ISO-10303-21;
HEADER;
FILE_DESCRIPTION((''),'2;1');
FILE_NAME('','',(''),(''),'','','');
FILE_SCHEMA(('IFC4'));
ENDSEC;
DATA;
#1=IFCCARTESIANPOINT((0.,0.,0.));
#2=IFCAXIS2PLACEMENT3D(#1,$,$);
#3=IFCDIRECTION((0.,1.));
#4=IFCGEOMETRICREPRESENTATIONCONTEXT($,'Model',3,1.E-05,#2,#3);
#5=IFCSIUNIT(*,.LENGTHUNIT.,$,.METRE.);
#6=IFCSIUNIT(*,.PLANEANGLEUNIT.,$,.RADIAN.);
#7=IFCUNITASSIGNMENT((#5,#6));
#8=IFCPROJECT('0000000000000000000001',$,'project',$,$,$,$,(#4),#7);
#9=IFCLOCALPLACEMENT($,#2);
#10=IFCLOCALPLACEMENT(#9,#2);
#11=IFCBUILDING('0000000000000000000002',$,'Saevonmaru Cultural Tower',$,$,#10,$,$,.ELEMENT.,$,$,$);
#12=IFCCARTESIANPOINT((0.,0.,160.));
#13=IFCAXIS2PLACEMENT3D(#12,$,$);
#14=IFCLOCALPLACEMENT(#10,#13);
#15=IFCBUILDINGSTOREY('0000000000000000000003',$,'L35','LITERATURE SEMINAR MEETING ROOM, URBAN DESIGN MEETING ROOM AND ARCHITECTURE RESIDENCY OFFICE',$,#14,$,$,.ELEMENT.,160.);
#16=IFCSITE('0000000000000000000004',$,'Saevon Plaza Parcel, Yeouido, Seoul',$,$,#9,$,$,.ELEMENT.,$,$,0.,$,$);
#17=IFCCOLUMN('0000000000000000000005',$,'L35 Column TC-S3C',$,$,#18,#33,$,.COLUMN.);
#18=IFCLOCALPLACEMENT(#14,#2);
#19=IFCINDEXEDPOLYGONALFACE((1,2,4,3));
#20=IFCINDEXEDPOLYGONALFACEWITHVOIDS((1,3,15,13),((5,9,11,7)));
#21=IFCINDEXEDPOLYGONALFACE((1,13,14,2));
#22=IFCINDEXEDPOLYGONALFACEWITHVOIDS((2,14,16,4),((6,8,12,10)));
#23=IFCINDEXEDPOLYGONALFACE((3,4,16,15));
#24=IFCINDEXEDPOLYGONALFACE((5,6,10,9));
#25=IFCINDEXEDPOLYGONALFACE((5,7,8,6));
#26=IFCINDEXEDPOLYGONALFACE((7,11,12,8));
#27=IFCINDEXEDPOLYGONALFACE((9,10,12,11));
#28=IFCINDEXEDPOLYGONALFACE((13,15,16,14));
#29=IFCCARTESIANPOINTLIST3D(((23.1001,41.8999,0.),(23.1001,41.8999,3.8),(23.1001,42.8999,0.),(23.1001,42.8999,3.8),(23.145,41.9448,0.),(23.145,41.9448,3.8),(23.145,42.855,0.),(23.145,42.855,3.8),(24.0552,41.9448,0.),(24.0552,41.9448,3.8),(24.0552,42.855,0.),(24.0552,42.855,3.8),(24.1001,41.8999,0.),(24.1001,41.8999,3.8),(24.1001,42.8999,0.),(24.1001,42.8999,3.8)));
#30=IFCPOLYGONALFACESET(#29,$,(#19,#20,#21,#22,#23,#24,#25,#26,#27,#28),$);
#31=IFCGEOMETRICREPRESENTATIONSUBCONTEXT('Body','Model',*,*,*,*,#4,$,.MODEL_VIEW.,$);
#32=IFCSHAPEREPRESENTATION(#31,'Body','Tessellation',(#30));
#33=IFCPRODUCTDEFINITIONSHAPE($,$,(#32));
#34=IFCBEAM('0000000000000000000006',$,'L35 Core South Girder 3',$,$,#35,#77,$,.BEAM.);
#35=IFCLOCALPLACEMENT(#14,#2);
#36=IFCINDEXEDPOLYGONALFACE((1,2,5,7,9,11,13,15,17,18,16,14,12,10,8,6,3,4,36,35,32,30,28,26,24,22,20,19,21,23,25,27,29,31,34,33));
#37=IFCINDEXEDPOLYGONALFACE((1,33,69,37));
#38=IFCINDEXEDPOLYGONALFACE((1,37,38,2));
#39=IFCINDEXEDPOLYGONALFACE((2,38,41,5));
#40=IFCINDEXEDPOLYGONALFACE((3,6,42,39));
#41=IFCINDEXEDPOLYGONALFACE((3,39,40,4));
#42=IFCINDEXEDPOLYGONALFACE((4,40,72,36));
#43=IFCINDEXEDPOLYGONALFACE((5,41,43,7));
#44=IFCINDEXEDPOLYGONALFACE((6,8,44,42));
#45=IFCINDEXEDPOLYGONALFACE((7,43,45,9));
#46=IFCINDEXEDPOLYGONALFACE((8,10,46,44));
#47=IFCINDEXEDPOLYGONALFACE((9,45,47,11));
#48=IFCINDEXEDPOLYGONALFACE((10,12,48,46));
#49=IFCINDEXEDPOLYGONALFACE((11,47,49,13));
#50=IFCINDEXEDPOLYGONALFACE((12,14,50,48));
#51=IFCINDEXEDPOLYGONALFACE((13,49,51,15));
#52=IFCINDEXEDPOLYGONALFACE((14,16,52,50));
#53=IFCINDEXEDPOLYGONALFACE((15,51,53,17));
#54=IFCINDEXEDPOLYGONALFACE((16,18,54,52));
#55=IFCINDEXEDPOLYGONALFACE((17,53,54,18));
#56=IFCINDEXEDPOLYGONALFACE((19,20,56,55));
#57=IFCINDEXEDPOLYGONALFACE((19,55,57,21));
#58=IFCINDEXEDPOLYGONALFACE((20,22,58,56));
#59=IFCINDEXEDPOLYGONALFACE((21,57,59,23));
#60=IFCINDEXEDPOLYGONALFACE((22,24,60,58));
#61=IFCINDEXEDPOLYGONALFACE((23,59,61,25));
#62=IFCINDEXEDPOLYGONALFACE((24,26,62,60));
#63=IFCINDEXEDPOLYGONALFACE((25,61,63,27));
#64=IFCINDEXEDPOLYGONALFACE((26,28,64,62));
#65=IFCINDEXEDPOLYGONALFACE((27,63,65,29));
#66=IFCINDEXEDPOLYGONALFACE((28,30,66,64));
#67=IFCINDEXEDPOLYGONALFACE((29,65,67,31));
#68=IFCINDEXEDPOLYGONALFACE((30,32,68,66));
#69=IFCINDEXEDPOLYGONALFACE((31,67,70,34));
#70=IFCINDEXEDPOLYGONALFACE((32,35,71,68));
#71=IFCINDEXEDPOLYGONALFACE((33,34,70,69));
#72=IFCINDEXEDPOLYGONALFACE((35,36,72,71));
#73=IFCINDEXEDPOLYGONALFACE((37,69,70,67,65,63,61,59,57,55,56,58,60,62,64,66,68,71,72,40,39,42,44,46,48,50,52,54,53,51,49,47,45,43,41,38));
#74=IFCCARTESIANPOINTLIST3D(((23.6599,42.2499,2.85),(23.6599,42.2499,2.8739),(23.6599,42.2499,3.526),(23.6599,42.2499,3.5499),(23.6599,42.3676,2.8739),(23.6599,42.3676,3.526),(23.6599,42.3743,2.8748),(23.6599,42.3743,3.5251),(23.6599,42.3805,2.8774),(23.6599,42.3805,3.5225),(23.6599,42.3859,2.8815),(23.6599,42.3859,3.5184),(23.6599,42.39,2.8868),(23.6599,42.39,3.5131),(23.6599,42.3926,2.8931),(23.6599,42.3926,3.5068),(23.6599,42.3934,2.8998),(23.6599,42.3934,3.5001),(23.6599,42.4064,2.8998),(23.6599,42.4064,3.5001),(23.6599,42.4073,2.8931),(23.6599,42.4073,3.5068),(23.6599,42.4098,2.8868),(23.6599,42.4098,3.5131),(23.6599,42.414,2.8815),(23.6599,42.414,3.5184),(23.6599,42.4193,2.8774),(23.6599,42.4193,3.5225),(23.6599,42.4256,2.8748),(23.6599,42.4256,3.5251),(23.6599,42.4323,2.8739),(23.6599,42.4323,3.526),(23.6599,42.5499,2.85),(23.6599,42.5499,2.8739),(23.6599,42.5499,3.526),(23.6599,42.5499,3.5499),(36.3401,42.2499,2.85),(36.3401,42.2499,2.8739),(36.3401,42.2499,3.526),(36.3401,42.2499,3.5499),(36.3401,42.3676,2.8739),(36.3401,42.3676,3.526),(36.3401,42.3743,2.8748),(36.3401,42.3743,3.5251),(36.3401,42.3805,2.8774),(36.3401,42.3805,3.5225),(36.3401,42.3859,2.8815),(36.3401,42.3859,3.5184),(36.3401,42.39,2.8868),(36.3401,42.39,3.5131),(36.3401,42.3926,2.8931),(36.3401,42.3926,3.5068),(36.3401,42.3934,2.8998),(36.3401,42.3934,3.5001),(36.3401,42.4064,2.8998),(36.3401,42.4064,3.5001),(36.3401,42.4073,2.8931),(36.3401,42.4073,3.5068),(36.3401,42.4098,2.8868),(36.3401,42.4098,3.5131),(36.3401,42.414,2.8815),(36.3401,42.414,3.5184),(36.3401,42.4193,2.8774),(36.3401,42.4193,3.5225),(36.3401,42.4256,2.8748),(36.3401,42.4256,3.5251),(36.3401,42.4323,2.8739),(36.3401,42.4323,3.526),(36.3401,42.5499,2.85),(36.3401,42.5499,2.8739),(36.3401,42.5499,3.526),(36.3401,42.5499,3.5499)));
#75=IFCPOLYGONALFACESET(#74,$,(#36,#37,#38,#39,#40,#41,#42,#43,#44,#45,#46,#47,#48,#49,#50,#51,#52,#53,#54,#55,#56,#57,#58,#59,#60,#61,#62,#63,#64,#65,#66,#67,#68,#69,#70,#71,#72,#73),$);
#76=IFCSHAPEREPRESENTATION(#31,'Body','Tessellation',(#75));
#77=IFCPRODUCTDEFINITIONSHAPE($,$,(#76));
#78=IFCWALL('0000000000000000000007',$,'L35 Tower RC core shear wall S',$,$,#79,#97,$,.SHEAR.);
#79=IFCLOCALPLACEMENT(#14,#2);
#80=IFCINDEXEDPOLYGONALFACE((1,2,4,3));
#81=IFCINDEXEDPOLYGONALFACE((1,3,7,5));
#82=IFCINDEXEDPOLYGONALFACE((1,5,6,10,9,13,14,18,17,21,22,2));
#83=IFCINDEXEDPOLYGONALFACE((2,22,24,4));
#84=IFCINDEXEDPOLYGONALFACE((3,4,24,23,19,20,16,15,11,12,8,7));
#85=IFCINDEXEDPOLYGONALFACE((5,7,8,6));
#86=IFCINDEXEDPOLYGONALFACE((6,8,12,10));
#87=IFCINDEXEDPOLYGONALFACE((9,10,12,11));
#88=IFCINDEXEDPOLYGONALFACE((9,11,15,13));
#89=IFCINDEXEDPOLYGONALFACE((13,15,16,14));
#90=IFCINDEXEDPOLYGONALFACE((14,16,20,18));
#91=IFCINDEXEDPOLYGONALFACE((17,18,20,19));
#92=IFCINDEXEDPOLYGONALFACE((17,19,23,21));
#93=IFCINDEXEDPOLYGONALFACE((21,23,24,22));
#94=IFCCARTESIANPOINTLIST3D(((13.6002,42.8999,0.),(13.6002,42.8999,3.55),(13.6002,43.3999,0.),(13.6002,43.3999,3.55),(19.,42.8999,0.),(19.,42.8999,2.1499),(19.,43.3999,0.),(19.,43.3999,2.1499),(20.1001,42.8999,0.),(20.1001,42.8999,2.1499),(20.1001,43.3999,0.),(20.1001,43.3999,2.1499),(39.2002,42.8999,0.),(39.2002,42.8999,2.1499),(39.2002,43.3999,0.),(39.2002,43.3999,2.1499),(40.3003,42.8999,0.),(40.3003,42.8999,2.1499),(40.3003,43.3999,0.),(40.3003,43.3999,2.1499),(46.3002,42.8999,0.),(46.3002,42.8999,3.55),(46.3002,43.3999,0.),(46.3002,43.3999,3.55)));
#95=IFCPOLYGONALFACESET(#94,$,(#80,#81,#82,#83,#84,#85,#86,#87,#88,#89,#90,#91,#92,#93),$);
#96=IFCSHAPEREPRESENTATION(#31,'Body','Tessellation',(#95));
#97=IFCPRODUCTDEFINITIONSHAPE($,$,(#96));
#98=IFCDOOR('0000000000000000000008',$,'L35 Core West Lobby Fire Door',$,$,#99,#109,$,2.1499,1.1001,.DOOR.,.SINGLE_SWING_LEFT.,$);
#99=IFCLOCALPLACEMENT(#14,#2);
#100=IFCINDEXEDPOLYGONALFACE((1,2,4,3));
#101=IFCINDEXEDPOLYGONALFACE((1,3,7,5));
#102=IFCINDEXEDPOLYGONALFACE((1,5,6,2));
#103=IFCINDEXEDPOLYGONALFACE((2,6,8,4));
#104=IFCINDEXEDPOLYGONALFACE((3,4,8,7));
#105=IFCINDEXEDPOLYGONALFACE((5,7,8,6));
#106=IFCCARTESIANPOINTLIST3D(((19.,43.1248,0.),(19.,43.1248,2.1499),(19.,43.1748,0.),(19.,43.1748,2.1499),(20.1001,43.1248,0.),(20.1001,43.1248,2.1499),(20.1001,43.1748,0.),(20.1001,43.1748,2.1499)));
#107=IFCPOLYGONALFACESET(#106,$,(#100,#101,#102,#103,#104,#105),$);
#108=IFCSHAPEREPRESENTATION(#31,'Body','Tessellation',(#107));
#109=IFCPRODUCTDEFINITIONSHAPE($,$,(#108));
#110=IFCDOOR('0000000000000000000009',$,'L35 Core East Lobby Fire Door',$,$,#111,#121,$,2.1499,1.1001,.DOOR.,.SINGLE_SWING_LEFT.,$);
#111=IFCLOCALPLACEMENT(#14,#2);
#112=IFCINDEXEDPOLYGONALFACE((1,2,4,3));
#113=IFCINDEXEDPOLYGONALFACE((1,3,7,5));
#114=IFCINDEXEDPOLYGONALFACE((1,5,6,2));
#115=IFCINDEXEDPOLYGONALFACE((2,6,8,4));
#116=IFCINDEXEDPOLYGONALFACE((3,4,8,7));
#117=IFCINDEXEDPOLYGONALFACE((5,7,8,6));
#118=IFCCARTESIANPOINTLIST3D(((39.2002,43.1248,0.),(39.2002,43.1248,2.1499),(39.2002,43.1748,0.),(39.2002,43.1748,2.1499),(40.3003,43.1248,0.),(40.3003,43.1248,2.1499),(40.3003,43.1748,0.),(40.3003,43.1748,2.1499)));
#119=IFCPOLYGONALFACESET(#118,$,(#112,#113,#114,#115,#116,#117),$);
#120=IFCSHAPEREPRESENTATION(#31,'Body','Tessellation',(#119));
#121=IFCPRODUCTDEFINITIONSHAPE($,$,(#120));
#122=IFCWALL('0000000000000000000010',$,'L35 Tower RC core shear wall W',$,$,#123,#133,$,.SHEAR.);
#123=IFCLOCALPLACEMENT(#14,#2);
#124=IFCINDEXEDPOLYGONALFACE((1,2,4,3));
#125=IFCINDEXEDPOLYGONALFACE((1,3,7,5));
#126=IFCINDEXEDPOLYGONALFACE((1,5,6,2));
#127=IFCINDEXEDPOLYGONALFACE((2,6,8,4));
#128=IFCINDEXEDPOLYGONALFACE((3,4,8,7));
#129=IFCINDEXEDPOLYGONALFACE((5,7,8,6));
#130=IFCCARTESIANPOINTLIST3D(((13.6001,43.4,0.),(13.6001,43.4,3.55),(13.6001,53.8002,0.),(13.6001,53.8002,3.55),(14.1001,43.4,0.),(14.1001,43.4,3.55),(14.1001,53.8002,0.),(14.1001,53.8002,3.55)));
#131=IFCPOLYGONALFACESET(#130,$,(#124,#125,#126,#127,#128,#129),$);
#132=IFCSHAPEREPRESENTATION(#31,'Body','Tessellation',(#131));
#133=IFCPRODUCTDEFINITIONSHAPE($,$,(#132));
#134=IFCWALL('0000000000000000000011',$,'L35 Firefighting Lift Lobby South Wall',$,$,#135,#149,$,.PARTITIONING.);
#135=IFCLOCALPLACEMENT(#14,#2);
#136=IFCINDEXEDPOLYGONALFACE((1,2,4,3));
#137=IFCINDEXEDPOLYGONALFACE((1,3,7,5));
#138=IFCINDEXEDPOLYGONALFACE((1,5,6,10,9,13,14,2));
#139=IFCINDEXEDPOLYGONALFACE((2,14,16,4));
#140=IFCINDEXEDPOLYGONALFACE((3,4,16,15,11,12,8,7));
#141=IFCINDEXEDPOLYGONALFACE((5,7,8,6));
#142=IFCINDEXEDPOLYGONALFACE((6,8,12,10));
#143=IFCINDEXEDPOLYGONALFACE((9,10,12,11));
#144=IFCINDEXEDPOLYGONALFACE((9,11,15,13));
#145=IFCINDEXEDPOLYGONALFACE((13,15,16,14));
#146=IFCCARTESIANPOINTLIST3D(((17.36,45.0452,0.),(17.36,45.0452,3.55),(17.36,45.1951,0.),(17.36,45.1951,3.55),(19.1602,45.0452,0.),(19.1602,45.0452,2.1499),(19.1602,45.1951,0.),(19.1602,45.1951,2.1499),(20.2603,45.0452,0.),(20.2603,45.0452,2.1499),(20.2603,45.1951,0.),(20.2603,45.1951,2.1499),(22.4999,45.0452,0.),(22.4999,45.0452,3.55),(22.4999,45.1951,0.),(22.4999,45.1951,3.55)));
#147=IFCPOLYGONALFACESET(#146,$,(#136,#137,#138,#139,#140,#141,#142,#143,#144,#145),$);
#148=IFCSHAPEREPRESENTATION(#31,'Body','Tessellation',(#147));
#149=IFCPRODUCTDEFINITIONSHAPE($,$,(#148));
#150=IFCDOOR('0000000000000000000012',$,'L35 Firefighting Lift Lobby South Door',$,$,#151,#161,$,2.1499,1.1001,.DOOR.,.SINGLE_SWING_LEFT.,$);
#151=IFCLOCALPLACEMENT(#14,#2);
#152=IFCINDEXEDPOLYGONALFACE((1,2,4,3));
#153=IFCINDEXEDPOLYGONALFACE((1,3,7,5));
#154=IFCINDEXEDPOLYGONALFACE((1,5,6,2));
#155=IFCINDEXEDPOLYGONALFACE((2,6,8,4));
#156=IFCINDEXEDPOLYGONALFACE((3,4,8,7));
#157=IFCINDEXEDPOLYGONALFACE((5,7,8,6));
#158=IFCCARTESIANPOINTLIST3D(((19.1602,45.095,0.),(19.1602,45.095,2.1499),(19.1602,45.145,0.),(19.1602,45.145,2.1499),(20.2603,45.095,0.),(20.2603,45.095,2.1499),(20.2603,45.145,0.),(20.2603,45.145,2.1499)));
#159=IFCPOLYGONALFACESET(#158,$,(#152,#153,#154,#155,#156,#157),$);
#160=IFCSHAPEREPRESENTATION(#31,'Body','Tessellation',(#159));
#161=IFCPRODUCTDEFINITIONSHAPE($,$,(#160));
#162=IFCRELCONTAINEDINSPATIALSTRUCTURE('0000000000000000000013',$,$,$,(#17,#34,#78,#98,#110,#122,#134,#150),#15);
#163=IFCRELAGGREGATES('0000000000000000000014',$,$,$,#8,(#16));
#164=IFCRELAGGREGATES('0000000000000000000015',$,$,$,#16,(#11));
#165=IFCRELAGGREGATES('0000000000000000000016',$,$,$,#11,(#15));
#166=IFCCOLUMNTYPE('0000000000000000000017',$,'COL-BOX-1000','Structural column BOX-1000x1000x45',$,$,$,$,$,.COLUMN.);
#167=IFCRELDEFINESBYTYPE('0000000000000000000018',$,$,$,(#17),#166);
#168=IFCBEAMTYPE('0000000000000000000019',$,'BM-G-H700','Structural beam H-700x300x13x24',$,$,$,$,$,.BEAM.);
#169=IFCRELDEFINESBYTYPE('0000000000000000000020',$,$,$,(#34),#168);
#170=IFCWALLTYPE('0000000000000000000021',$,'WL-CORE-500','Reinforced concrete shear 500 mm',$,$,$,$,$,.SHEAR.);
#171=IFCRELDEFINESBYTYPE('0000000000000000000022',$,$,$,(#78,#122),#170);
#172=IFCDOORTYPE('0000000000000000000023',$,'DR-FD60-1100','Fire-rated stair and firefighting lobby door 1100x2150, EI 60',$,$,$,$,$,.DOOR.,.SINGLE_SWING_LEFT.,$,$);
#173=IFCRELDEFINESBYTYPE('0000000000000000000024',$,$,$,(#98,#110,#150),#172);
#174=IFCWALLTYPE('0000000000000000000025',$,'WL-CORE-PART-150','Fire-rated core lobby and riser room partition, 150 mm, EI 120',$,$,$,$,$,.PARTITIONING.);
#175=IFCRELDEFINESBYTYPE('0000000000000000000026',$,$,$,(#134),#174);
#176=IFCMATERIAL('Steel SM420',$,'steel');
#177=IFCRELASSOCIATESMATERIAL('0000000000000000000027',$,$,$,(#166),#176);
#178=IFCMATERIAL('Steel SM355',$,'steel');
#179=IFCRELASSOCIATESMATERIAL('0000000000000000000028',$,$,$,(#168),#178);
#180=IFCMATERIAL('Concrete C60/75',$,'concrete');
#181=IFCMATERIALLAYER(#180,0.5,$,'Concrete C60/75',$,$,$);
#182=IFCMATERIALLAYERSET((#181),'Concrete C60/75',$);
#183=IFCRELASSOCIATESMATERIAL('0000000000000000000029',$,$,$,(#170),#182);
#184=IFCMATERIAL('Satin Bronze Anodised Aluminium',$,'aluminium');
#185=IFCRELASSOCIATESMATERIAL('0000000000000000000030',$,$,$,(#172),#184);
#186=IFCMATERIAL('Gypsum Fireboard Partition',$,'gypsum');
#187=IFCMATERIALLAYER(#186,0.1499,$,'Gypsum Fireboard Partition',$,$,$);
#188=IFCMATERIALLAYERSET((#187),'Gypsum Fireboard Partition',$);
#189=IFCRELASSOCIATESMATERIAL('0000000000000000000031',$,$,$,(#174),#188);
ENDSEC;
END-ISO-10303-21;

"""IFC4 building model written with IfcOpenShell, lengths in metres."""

from ifc_helpers import new_model, si_unit, direction, frame, frame_2d, origin, origin_2d, place, context, subcontext, project, spatial, rectangle, hollow_rectangle, i_section, extrude, material, layer, layer_set, material_profile, profile_set, type_object, element, fill, save


model = new_model("IFC4")

# Units and contexts
model_context = context("Model", 3, precision=1e-05, world=origin(), true_north=direction((0.0, 1.0)))
body_context = subcontext(model_context, "Body", "Model", "MODEL_VIEW")
ifc_project = project(units=[si_unit("LENGTHUNIT", "METRE"), si_unit("PLANEANGLEUNIT", "RADIAN")], contexts=[model_context])

# Site, building, storey
site_placement = place(None, origin())
site = spatial("IfcSite", under=ifc_project, at=site_placement, Name="Saevon Plaza Parcel, Yeouido, Seoul", CompositionType="ELEMENT", RefElevation=0.0)
building_placement = place(site_placement, origin())
building = spatial("IfcBuilding", under=site, at=building_placement, Name="Saevonmaru Cultural Tower", CompositionType="ELEMENT")
storey_placement = place(building_placement, frame((0.0, 0.0, 160.0)))
storey = spatial("IfcBuildingStorey", under=building, at=storey_placement, Name="L35", Description="LITERATURE SEMINAR MEETING ROOM, URBAN DESIGN MEETING ROOM AND ARCHITECTURE RESIDENCY OFFICE", CompositionType="ELEMENT", Elevation=160.0)

# Column
ifc_material_1 = material(Name="Steel SM420", Category="steel")
ifc_material_profile_1 = material_profile(ifc_material_1, hollow_rectangle(XDim=1.0, YDim=1.0, WallThickness=0.0449, at=origin_2d()), Name="BOX-1000x1000x45")
ifc_profile_set_1 = profile_set([ifc_material_profile_1], Name="Steel SM420")
column_type = type_object("IfcColumnType", Name="COL-BOX-1000", Description="Structural column BOX-1000x1000x45", PredefinedType="COLUMN", material=ifc_profile_set_1)
column_placement = place(storey_placement, frame((23.6001, 42.3999, 0.0), z_axis=(0.0, 0.0, 1.0), x_axis=(1.0, 0.0, 0.0)))
element("IfcColumn", 1, at=column_placement, inside=storey, type_object=column_type, Name="L35 Column TC-S3C", PredefinedType="COLUMN", context=body_context, shape_type="SweptSolid", body=[
    extrude(hollow_rectangle(XDim=1.0, YDim=1.0, WallThickness=0.0449, at=origin_2d()), origin(), (0.0, 0.0, 1.0), 3.8),
])

# Beam
ifc_material_2 = material(Name="Steel SM355", Category="steel")
ifc_material_profile_2 = material_profile(ifc_material_2, i_section(OverallWidth=0.3, OverallDepth=0.7, WebThickness=0.0129, FlangeThickness=0.0239, FilletRadius=0.0259, at=origin_2d()), Name="H-700x300x13x24")
ifc_profile_set_2 = profile_set([ifc_material_profile_2], Name="Steel SM355")
beam_type = type_object("IfcBeamType", Name="BM-G-H700", Description="Structural beam H-700x300x13x24", PredefinedType="BEAM", material=ifc_profile_set_2)
beam_placement = place(storey_placement, frame((23.6599, 42.3999, 3.2), z_axis=(1.0, 0.0, 0.0), x_axis=(0.0, 1.0, 0.0)))
element("IfcBeam", 2, at=beam_placement, inside=storey, type_object=beam_type, Name="L35 Core South Girder 3", PredefinedType="BEAM", context=body_context, shape_type="SweptSolid", body=[
    extrude(i_section(OverallWidth=0.3, OverallDepth=0.7, WebThickness=0.0129, FlangeThickness=0.0239, FilletRadius=0.0259, at=origin_2d()), origin(), (0.0, 0.0, 1.0), 12.6802),
])

# Wall, openings, doors
ifc_material_3 = material(Name="Concrete C60/75", Category="concrete")
ifc_layer_1 = layer(ifc_material_3, 0.5, Name="Concrete C60/75")
ifc_layer_set_1 = layer_set([ifc_layer_1], Name="Concrete C60/75")
wall_type_1 = type_object("IfcWallType", Name="WL-CORE-500", Description="Reinforced concrete shear 500 mm", PredefinedType="SHEAR", material=ifc_layer_set_1)
wall_1_placement = place(storey_placement, frame((13.6001, 43.1499, 0.0), z_axis=(0.0, 0.0, 1.0), x_axis=(1.0, 0.0, 0.0)))
wall_1 = element("IfcWall", 3, at=wall_1_placement, inside=storey, type_object=wall_type_1, Name="L35 Tower RC core shear wall S", PredefinedType="SHEAR", context=body_context, shape_type="SweptSolid", body=[
    extrude(rectangle(XDim=32.7, YDim=0.5, at=frame_2d((16.3501, 0.0))), origin(), (0.0, 0.0, 1.0), 3.55),
])
opening_1_placement = place(wall_1_placement, frame((5.3999, 0.0, 0.0)))
opening_1 = element("IfcOpeningElement", 4, at=opening_1_placement, cuts=wall_1, PredefinedType="OPENING", context=body_context, shape_type="SweptSolid", body=[
    extrude(rectangle(XDim=1.1001, YDim=2.1499, at=frame_2d((0.55, 1.075))), frame((0.0, 0.26, 0.0), z_axis=(0.0, -1.0, 0.0), x_axis=(1.0, 0.0, 0.0)), (0.0, 0.0, 1.0), 0.52),
])
opening_2_placement = place(wall_1_placement, frame((25.6001, 0.0, 0.0)))
opening_2 = element("IfcOpeningElement", 5, at=opening_2_placement, cuts=wall_1, PredefinedType="OPENING", context=body_context, shape_type="SweptSolid", body=[
    extrude(rectangle(XDim=1.1001, YDim=2.1499, at=frame_2d((0.55, 1.075))), frame((0.0, 0.26, 0.0), z_axis=(0.0, -1.0, 0.0), x_axis=(1.0, 0.0, 0.0)), (0.0, 0.0, 1.0), 0.52),
])
ifc_material_4 = material(Name="Satin Bronze Anodised Aluminium", Category="aluminium")
door_type_1 = type_object("IfcDoorType", Name="DR-FD60-1100", Description="Fire-rated stair and firefighting lobby door 1100x2150, EI 60", OperationType="SINGLE_SWING_LEFT", PredefinedType="DOOR", material=ifc_material_4)
door_1_placement = place(opening_1_placement, origin())
door_1 = element("IfcDoor", 6, at=door_1_placement, inside=storey, type_object=door_type_1, Name="L35 Core West Lobby Fire Door", OperationType="SINGLE_SWING_LEFT", OverallHeight=2.1499, OverallWidth=1.1001, PredefinedType="DOOR", context=body_context, shape_type="SweptSolid", body=[
    extrude(rectangle(XDim=1.1001, YDim=2.1499, at=frame_2d((0.55, 1.075))), frame((0.0, 0.0249, 0.0), z_axis=(0.0, -1.0, 0.0), x_axis=(1.0, 0.0, 0.0)), (0.0, 0.0, 1.0), 0.05),
])
fill(opening_1, door_1)
door_2_placement = place(opening_2_placement, origin())
door_2 = element("IfcDoor", 7, at=door_2_placement, inside=storey, type_object=door_type_1, Name="L35 Core East Lobby Fire Door", OperationType="SINGLE_SWING_LEFT", OverallHeight=2.1499, OverallWidth=1.1001, PredefinedType="DOOR", context=body_context, shape_type="SweptSolid", body=[
    extrude(rectangle(XDim=1.1001, YDim=2.1499, at=frame_2d((0.55, 1.075))), frame((0.0, 0.0249, 0.0), z_axis=(0.0, -1.0, 0.0), x_axis=(1.0, 0.0, 0.0)), (0.0, 0.0, 1.0), 0.05),
])
fill(opening_2, door_2)

# Wall
wall_2_placement = place(storey_placement, frame((13.8501, 43.3999, 0.0), z_axis=(0.0, 0.0, 1.0), x_axis=(0.0, 1.0, 0.0)))
element("IfcWall", 8, at=wall_2_placement, inside=storey, type_object=wall_type_1, Name="L35 Tower RC core shear wall W", PredefinedType="SHEAR", context=body_context, shape_type="SweptSolid", body=[
    extrude(rectangle(XDim=10.4001, YDim=0.5, at=frame_2d((5.2002, 0.0))), origin(), (0.0, 0.0, 1.0), 3.55),
])

# Wall, opening, door
ifc_material_5 = material(Name="Gypsum Fireboard Partition", Category="gypsum")
ifc_layer_2 = layer(ifc_material_5, 0.1499, Name="Gypsum Fireboard Partition")
ifc_layer_set_2 = layer_set([ifc_layer_2], Name="Gypsum Fireboard Partition")
wall_type_2 = type_object("IfcWallType", Name="WL-CORE-PART-150", Description="Fire-rated core lobby and riser room partition, 150 mm, EI 120", PredefinedType="PARTITIONING", material=ifc_layer_set_2)
wall_3_placement = place(storey_placement, frame((17.3601, 45.1201, 0.0), z_axis=(0.0, 0.0, 1.0), x_axis=(1.0, 0.0, 0.0)))
wall_3 = element("IfcWall", 9, at=wall_3_placement, inside=storey, type_object=wall_type_2, Name="L35 Firefighting Lift Lobby South Wall", PredefinedType="PARTITIONING", context=body_context, shape_type="SweptSolid", body=[
    extrude(rectangle(XDim=5.1399, YDim=0.1499, at=frame_2d((2.5698, 0.0))), origin(), (0.0, 0.0, 1.0), 3.55),
])
opening_3_placement = place(wall_3_placement, frame((1.8, 0.0, 0.0)))
opening_3 = element("IfcOpeningElement", 10, at=opening_3_placement, cuts=wall_3, PredefinedType="OPENING", context=body_context, shape_type="SweptSolid", body=[
    extrude(rectangle(XDim=1.1001, YDim=2.1499, at=frame_2d((0.55, 1.075))), frame((0.0, 0.085, 0.0), z_axis=(0.0, -1.0, 0.0), x_axis=(1.0, 0.0, 0.0)), (0.0, 0.0, 1.0), 0.1699),
])
door_3_placement = place(opening_3_placement, origin())
door_3 = element("IfcDoor", 11, at=door_3_placement, inside=storey, type_object=door_type_1, Name="L35 Firefighting Lift Lobby South Door", OperationType="SINGLE_SWING_LEFT", OverallHeight=2.1499, OverallWidth=1.1001, PredefinedType="DOOR", context=body_context, shape_type="SweptSolid", body=[
    extrude(rectangle(XDim=1.1001, YDim=2.1499, at=frame_2d((0.55, 1.075))), frame((0.0, 0.0249, 0.0), z_axis=(0.0, -1.0, 0.0), x_axis=(1.0, 0.0, 0.0)), (0.0, 0.0, 1.0), 0.05),
])
fill(opening_3, door_3)

save(model, "model.ifc")
